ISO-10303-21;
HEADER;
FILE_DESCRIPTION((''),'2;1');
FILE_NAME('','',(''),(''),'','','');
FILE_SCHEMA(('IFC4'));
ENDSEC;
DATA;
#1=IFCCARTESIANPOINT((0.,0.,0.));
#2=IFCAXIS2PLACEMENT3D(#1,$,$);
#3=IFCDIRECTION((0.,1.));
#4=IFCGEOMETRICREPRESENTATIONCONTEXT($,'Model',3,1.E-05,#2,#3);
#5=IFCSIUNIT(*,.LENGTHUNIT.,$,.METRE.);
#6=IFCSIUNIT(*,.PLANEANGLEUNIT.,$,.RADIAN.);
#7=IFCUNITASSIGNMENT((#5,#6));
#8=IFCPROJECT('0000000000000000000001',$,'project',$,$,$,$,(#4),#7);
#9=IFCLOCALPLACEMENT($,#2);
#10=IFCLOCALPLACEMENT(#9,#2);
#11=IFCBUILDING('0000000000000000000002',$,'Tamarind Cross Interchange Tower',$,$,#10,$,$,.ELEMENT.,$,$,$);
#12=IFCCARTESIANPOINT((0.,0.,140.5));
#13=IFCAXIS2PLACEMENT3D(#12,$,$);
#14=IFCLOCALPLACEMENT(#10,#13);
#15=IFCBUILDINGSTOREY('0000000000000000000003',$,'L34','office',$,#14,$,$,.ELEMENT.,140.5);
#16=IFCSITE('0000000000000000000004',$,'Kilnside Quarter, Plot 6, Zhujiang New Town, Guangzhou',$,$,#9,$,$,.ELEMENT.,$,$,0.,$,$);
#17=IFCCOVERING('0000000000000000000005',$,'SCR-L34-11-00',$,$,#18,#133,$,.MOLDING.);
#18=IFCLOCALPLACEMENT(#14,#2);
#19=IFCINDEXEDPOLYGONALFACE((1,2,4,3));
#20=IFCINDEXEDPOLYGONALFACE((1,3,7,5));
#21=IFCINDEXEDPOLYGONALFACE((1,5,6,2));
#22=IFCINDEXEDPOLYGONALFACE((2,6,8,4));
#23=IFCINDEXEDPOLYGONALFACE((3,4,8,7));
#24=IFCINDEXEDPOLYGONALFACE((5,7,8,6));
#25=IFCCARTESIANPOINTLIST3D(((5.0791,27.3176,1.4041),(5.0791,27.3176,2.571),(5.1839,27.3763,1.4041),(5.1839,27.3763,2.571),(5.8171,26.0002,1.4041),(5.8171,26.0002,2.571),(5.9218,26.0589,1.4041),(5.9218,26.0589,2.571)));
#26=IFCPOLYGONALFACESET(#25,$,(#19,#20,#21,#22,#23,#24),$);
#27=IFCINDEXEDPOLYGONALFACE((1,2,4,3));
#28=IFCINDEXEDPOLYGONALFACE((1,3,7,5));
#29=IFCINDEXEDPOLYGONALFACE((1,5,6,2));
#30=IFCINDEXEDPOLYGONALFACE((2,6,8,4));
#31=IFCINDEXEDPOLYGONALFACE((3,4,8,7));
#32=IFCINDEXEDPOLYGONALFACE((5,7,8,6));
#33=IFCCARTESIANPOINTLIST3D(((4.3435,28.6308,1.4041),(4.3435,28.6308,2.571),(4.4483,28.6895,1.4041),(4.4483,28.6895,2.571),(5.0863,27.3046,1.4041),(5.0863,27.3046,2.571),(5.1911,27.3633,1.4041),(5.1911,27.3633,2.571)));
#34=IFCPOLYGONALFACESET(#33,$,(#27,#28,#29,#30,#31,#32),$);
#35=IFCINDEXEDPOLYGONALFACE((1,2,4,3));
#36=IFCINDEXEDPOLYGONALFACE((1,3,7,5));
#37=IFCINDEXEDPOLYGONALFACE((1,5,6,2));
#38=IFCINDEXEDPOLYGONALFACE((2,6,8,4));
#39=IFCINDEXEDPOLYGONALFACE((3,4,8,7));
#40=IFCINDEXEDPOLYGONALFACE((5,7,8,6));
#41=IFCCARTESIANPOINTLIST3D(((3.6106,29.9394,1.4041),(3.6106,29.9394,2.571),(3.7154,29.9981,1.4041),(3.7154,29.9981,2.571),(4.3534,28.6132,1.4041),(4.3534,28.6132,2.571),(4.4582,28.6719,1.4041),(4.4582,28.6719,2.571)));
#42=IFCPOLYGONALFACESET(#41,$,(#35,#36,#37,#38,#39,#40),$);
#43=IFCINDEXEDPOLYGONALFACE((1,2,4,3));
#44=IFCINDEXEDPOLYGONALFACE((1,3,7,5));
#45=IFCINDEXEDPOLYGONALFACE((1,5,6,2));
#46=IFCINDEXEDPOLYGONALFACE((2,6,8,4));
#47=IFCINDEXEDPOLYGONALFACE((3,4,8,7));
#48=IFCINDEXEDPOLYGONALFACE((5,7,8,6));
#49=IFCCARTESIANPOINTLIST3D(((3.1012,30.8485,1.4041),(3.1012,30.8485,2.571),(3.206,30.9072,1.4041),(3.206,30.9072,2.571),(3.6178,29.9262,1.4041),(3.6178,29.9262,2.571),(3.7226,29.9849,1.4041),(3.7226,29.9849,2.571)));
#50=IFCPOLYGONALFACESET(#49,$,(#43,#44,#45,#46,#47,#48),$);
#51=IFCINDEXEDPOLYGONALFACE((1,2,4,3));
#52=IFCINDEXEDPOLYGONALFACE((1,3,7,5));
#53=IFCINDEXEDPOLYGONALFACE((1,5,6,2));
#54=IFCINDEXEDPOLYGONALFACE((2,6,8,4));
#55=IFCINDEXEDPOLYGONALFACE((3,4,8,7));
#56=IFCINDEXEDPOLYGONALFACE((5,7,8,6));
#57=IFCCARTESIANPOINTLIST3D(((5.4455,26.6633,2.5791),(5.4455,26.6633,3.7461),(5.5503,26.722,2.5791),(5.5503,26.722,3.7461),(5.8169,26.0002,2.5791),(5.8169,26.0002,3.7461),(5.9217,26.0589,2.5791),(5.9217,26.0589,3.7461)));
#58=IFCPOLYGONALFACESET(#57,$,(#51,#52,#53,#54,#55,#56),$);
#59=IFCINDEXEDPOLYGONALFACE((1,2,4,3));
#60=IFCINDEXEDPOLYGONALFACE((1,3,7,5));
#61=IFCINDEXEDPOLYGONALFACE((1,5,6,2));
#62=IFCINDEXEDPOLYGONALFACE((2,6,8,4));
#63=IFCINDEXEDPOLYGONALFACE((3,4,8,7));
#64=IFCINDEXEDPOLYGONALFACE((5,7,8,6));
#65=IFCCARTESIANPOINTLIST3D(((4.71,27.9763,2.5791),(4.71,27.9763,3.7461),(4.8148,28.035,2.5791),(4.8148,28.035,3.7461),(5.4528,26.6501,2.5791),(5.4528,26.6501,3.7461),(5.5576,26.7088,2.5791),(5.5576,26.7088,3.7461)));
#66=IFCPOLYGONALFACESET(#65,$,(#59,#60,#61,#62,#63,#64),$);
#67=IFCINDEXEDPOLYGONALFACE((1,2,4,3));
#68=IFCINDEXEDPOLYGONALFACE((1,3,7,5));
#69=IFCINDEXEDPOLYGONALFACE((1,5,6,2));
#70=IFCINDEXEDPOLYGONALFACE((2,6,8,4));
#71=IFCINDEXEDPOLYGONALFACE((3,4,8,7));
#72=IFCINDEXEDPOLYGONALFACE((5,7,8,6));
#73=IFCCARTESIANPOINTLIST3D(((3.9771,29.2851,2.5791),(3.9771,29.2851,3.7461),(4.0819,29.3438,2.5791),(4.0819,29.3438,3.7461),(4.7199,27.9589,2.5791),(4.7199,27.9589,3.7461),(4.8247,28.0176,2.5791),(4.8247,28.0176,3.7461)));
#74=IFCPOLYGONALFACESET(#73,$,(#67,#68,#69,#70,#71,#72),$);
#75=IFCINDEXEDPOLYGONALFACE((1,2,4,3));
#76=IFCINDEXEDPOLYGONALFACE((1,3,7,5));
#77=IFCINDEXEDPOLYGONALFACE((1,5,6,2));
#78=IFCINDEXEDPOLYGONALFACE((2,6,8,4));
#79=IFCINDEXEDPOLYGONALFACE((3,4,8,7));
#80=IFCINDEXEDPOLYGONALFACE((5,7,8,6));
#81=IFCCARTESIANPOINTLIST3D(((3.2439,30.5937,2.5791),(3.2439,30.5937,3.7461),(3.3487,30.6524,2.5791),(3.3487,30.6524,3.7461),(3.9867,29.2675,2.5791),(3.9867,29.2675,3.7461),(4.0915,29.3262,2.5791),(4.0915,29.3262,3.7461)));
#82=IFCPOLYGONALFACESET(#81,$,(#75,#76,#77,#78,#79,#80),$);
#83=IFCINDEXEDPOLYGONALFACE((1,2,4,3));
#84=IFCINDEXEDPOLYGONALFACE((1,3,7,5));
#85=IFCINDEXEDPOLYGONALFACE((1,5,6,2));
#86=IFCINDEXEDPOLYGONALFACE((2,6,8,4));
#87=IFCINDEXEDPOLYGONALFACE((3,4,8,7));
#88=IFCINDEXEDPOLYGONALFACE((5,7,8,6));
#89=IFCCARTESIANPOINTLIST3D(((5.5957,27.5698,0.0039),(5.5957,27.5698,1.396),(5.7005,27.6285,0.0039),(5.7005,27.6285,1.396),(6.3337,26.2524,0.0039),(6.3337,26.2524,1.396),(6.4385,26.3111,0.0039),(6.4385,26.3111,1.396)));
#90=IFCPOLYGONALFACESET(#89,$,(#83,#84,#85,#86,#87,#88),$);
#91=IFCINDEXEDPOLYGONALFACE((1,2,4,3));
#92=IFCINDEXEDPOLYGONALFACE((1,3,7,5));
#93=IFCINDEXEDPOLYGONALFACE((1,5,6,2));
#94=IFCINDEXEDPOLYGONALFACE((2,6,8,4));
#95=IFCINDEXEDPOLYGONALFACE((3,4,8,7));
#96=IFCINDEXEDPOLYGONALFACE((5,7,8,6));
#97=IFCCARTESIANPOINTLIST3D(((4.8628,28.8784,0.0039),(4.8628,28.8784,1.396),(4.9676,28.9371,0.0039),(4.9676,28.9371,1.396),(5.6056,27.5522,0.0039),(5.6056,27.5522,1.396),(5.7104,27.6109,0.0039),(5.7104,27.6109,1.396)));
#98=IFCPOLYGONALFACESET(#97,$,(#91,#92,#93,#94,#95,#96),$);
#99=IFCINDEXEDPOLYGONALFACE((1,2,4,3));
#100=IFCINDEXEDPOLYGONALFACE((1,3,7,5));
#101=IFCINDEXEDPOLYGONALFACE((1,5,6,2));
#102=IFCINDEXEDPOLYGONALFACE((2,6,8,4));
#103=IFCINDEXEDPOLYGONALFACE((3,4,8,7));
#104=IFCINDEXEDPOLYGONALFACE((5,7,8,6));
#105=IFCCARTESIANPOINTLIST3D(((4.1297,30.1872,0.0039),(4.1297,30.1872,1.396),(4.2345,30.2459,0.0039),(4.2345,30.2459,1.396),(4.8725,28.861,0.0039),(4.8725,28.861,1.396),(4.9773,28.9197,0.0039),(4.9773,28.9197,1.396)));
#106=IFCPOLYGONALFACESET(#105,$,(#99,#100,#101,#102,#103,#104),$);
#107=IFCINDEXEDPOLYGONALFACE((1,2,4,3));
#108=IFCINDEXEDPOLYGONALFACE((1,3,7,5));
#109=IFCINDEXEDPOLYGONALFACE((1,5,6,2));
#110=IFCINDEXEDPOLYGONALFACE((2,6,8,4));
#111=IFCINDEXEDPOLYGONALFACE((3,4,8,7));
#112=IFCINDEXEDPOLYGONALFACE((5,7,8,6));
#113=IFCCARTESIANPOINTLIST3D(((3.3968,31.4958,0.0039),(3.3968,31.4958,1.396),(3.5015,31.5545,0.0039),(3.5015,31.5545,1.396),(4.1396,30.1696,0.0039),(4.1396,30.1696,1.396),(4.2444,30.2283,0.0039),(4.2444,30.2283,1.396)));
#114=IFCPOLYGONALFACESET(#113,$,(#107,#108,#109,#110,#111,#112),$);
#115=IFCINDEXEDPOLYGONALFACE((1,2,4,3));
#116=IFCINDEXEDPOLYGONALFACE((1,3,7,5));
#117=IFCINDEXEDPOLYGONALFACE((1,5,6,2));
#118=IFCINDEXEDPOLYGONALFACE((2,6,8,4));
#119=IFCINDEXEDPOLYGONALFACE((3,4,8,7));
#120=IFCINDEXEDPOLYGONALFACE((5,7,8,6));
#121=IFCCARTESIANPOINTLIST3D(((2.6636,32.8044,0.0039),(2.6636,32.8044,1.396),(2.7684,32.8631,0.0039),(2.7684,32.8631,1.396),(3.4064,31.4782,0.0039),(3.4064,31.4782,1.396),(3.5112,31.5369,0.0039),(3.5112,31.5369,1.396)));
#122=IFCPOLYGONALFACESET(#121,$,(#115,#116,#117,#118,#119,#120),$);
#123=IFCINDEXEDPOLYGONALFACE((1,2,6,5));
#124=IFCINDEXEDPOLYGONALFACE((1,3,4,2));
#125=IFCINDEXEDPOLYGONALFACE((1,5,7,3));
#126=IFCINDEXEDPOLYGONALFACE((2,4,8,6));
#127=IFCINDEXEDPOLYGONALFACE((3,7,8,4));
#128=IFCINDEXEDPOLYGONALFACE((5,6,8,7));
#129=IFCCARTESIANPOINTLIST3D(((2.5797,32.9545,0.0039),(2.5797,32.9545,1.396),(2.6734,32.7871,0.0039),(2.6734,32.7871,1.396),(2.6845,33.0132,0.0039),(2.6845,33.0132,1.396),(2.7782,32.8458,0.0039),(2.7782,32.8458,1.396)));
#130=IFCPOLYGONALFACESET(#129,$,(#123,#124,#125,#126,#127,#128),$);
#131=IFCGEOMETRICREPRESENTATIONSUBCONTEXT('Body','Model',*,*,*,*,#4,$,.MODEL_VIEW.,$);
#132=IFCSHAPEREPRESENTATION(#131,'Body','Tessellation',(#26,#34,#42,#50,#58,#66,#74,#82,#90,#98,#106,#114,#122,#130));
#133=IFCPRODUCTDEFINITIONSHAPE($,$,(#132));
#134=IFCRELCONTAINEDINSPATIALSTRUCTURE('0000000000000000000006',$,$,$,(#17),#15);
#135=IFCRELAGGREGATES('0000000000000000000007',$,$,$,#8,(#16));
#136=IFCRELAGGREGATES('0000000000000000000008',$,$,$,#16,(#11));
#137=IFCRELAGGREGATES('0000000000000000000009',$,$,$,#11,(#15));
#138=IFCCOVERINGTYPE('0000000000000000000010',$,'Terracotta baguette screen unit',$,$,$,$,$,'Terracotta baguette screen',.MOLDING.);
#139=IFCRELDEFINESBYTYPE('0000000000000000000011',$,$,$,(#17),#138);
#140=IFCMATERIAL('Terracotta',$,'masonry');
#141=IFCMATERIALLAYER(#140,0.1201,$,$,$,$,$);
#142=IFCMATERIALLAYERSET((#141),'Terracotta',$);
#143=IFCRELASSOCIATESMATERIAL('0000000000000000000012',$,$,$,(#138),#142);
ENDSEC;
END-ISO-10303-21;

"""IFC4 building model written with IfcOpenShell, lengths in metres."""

from ifc_helpers import new_model, si_unit, direction, frame, origin, origin_2d, place, context, subcontext, project, spatial, rectangle, extrude, material, layer, layer_set, type_object, element, save


model = new_model("IFC4")

# Units and contexts
model_context = context("Model", 3, precision=1e-05, world=origin(), true_north=direction((0.0, 1.0)))
body_context = subcontext(model_context, "Body", "Model", "MODEL_VIEW")
ifc_project = project(units=[si_unit("LENGTHUNIT", "METRE"), si_unit("PLANEANGLEUNIT", "RADIAN")], contexts=[model_context])

# Site, building, storey
site_placement = place(None, origin())
site = spatial("IfcSite", under=ifc_project, at=site_placement, Name="Kilnside Quarter, Plot 6, Zhujiang New Town, Guangzhou", CompositionType="ELEMENT", RefElevation=0.0)
building_placement = place(site_placement, origin())
building = spatial("IfcBuilding", under=site, at=building_placement, Name="Tamarind Cross Interchange Tower", CompositionType="ELEMENT")
storey_placement = place(building_placement, frame((0.0, 0.0, 140.5)))
storey = spatial("IfcBuildingStorey", under=building, at=storey_placement, Name="L34", Description="office", CompositionType="ELEMENT", Elevation=140.5)

# Covering
ifc_material_1 = material(Name="Terracotta", Category="masonry")
ifc_layer_1 = layer(ifc_material_1, 0.1201)
ifc_layer_set_1 = layer_set([ifc_layer_1], Name="Terracotta")
covering_type = type_object("IfcCoveringType", Name="Terracotta baguette screen unit", ElementType="Terracotta baguette screen", PredefinedType="MOLDING", material=ifc_layer_set_1)
covering_1_placement = place(storey_placement, origin())
element("IfcCovering", 1, at=covering_1_placement, inside=storey, type_object=covering_type, Name="SCR-L34-11-00", PredefinedType="MOLDING", context=body_context, shape_type="SweptSolid", body=[
    extrude(rectangle(XDim=1.51, YDim=0.1201, at=origin_2d()), frame((5.5005, 26.6882, 1.4041), z_axis=(0.0, 0.0, 1.0), x_axis=(-0.488688, 0.872458, 0.0)), (0.0, 0.0, 1.0), 1.167),
    extrude(rectangle(XDim=1.52, YDim=0.1201, at=origin_2d()), frame((4.7673, 27.9971, 1.4041), z_axis=(0.0, 0.0, 1.0), x_axis=(-0.488688, 0.872458, 0.0)), (0.0, 0.0, 1.0), 1.167),
    extrude(rectangle(XDim=1.52, YDim=0.1201, at=origin_2d()), frame((4.0344, 29.3057, 1.4041), z_axis=(0.0, 0.0, 1.0), x_axis=(-0.488688, 0.872458, 0.0)), (0.0, 0.0, 1.0), 1.167),
    extrude(rectangle(XDim=1.0571, YDim=0.1201, at=origin_2d()), frame((3.4119, 30.4167, 1.4041), z_axis=(0.0, 0.0, 1.0), x_axis=(-0.488688, 0.872458, 0.0)), (0.0, 0.0, 1.0), 1.167),
    extrude(rectangle(XDim=0.76, YDim=0.1201, at=origin_2d()), frame((5.6836, 26.3611, 2.5791), z_axis=(0.0, 0.0, 1.0), x_axis=(-0.488688, 0.872458, 0.0)), (0.0, 0.0, 1.0), 1.167),
    extrude(rectangle(XDim=1.52, YDim=0.1201, at=origin_2d()), frame((5.1338, 27.3425, 2.5791), z_axis=(0.0, 0.0, 1.0), x_axis=(-0.488688, 0.872458, 0.0)), (0.0, 0.0, 1.0), 1.167),
    extrude(rectangle(XDim=1.52, YDim=0.1201, at=origin_2d()), frame((4.4009, 28.6514, 2.5791), z_axis=(0.0, 0.0, 1.0), x_axis=(-0.488688, 0.872458, 0.0)), (0.0, 0.0, 1.0), 1.167),
    extrude(rectangle(XDim=1.52, YDim=0.1201, at=origin_2d()), frame((3.6677, 29.96, 2.5791), z_axis=(0.0, 0.0, 1.0), x_axis=(-0.488688, 0.872458, 0.0)), (0.0, 0.0, 1.0), 1.167),
    extrude(rectangle(XDim=1.51, YDim=0.1201, at=origin_2d()), frame((6.0171, 26.9404, 0.0039), z_axis=(0.0, 0.0, 1.0), x_axis=(-0.488688, 0.872458, 0.0)), (0.0, 0.0, 1.0), 1.3921),
    extrude(rectangle(XDim=1.52, YDim=0.1201, at=origin_2d()), frame((5.2866, 28.2446, 0.0039), z_axis=(0.0, 0.0, 1.0), x_axis=(-0.488688, 0.872458, 0.0)), (0.0, 0.0, 1.0), 1.3921),
    extrude(rectangle(XDim=1.52, YDim=0.1201, at=origin_2d()), frame((4.5535, 29.5535, 0.0039), z_axis=(0.0, 0.0, 1.0), x_axis=(-0.488688, 0.872458, 0.0)), (0.0, 0.0, 1.0), 1.3921),
    extrude(rectangle(XDim=1.52, YDim=0.1201, at=origin_2d()), frame((3.8206, 30.8621, 0.0039), z_axis=(0.0, 0.0, 1.0), x_axis=(-0.488688, 0.872458, 0.0)), (0.0, 0.0, 1.0), 1.3921),
    extrude(rectangle(XDim=1.52, YDim=0.1201, at=origin_2d()), frame((3.0874, 32.1707, 0.0039), z_axis=(0.0, 0.0, 1.0), x_axis=(-0.488688, 0.872458, 0.0)), (0.0, 0.0, 1.0), 1.3921),
    extrude(rectangle(XDim=0.1919, YDim=0.1201, at=origin_2d()), frame((2.679, 32.9001, 0.0039), z_axis=(0.0, 0.0, 1.0), x_axis=(-0.488688, 0.872458, 0.0)), (0.0, 0.0, 1.0), 1.3921),
])

save(model, "model.ifc")
